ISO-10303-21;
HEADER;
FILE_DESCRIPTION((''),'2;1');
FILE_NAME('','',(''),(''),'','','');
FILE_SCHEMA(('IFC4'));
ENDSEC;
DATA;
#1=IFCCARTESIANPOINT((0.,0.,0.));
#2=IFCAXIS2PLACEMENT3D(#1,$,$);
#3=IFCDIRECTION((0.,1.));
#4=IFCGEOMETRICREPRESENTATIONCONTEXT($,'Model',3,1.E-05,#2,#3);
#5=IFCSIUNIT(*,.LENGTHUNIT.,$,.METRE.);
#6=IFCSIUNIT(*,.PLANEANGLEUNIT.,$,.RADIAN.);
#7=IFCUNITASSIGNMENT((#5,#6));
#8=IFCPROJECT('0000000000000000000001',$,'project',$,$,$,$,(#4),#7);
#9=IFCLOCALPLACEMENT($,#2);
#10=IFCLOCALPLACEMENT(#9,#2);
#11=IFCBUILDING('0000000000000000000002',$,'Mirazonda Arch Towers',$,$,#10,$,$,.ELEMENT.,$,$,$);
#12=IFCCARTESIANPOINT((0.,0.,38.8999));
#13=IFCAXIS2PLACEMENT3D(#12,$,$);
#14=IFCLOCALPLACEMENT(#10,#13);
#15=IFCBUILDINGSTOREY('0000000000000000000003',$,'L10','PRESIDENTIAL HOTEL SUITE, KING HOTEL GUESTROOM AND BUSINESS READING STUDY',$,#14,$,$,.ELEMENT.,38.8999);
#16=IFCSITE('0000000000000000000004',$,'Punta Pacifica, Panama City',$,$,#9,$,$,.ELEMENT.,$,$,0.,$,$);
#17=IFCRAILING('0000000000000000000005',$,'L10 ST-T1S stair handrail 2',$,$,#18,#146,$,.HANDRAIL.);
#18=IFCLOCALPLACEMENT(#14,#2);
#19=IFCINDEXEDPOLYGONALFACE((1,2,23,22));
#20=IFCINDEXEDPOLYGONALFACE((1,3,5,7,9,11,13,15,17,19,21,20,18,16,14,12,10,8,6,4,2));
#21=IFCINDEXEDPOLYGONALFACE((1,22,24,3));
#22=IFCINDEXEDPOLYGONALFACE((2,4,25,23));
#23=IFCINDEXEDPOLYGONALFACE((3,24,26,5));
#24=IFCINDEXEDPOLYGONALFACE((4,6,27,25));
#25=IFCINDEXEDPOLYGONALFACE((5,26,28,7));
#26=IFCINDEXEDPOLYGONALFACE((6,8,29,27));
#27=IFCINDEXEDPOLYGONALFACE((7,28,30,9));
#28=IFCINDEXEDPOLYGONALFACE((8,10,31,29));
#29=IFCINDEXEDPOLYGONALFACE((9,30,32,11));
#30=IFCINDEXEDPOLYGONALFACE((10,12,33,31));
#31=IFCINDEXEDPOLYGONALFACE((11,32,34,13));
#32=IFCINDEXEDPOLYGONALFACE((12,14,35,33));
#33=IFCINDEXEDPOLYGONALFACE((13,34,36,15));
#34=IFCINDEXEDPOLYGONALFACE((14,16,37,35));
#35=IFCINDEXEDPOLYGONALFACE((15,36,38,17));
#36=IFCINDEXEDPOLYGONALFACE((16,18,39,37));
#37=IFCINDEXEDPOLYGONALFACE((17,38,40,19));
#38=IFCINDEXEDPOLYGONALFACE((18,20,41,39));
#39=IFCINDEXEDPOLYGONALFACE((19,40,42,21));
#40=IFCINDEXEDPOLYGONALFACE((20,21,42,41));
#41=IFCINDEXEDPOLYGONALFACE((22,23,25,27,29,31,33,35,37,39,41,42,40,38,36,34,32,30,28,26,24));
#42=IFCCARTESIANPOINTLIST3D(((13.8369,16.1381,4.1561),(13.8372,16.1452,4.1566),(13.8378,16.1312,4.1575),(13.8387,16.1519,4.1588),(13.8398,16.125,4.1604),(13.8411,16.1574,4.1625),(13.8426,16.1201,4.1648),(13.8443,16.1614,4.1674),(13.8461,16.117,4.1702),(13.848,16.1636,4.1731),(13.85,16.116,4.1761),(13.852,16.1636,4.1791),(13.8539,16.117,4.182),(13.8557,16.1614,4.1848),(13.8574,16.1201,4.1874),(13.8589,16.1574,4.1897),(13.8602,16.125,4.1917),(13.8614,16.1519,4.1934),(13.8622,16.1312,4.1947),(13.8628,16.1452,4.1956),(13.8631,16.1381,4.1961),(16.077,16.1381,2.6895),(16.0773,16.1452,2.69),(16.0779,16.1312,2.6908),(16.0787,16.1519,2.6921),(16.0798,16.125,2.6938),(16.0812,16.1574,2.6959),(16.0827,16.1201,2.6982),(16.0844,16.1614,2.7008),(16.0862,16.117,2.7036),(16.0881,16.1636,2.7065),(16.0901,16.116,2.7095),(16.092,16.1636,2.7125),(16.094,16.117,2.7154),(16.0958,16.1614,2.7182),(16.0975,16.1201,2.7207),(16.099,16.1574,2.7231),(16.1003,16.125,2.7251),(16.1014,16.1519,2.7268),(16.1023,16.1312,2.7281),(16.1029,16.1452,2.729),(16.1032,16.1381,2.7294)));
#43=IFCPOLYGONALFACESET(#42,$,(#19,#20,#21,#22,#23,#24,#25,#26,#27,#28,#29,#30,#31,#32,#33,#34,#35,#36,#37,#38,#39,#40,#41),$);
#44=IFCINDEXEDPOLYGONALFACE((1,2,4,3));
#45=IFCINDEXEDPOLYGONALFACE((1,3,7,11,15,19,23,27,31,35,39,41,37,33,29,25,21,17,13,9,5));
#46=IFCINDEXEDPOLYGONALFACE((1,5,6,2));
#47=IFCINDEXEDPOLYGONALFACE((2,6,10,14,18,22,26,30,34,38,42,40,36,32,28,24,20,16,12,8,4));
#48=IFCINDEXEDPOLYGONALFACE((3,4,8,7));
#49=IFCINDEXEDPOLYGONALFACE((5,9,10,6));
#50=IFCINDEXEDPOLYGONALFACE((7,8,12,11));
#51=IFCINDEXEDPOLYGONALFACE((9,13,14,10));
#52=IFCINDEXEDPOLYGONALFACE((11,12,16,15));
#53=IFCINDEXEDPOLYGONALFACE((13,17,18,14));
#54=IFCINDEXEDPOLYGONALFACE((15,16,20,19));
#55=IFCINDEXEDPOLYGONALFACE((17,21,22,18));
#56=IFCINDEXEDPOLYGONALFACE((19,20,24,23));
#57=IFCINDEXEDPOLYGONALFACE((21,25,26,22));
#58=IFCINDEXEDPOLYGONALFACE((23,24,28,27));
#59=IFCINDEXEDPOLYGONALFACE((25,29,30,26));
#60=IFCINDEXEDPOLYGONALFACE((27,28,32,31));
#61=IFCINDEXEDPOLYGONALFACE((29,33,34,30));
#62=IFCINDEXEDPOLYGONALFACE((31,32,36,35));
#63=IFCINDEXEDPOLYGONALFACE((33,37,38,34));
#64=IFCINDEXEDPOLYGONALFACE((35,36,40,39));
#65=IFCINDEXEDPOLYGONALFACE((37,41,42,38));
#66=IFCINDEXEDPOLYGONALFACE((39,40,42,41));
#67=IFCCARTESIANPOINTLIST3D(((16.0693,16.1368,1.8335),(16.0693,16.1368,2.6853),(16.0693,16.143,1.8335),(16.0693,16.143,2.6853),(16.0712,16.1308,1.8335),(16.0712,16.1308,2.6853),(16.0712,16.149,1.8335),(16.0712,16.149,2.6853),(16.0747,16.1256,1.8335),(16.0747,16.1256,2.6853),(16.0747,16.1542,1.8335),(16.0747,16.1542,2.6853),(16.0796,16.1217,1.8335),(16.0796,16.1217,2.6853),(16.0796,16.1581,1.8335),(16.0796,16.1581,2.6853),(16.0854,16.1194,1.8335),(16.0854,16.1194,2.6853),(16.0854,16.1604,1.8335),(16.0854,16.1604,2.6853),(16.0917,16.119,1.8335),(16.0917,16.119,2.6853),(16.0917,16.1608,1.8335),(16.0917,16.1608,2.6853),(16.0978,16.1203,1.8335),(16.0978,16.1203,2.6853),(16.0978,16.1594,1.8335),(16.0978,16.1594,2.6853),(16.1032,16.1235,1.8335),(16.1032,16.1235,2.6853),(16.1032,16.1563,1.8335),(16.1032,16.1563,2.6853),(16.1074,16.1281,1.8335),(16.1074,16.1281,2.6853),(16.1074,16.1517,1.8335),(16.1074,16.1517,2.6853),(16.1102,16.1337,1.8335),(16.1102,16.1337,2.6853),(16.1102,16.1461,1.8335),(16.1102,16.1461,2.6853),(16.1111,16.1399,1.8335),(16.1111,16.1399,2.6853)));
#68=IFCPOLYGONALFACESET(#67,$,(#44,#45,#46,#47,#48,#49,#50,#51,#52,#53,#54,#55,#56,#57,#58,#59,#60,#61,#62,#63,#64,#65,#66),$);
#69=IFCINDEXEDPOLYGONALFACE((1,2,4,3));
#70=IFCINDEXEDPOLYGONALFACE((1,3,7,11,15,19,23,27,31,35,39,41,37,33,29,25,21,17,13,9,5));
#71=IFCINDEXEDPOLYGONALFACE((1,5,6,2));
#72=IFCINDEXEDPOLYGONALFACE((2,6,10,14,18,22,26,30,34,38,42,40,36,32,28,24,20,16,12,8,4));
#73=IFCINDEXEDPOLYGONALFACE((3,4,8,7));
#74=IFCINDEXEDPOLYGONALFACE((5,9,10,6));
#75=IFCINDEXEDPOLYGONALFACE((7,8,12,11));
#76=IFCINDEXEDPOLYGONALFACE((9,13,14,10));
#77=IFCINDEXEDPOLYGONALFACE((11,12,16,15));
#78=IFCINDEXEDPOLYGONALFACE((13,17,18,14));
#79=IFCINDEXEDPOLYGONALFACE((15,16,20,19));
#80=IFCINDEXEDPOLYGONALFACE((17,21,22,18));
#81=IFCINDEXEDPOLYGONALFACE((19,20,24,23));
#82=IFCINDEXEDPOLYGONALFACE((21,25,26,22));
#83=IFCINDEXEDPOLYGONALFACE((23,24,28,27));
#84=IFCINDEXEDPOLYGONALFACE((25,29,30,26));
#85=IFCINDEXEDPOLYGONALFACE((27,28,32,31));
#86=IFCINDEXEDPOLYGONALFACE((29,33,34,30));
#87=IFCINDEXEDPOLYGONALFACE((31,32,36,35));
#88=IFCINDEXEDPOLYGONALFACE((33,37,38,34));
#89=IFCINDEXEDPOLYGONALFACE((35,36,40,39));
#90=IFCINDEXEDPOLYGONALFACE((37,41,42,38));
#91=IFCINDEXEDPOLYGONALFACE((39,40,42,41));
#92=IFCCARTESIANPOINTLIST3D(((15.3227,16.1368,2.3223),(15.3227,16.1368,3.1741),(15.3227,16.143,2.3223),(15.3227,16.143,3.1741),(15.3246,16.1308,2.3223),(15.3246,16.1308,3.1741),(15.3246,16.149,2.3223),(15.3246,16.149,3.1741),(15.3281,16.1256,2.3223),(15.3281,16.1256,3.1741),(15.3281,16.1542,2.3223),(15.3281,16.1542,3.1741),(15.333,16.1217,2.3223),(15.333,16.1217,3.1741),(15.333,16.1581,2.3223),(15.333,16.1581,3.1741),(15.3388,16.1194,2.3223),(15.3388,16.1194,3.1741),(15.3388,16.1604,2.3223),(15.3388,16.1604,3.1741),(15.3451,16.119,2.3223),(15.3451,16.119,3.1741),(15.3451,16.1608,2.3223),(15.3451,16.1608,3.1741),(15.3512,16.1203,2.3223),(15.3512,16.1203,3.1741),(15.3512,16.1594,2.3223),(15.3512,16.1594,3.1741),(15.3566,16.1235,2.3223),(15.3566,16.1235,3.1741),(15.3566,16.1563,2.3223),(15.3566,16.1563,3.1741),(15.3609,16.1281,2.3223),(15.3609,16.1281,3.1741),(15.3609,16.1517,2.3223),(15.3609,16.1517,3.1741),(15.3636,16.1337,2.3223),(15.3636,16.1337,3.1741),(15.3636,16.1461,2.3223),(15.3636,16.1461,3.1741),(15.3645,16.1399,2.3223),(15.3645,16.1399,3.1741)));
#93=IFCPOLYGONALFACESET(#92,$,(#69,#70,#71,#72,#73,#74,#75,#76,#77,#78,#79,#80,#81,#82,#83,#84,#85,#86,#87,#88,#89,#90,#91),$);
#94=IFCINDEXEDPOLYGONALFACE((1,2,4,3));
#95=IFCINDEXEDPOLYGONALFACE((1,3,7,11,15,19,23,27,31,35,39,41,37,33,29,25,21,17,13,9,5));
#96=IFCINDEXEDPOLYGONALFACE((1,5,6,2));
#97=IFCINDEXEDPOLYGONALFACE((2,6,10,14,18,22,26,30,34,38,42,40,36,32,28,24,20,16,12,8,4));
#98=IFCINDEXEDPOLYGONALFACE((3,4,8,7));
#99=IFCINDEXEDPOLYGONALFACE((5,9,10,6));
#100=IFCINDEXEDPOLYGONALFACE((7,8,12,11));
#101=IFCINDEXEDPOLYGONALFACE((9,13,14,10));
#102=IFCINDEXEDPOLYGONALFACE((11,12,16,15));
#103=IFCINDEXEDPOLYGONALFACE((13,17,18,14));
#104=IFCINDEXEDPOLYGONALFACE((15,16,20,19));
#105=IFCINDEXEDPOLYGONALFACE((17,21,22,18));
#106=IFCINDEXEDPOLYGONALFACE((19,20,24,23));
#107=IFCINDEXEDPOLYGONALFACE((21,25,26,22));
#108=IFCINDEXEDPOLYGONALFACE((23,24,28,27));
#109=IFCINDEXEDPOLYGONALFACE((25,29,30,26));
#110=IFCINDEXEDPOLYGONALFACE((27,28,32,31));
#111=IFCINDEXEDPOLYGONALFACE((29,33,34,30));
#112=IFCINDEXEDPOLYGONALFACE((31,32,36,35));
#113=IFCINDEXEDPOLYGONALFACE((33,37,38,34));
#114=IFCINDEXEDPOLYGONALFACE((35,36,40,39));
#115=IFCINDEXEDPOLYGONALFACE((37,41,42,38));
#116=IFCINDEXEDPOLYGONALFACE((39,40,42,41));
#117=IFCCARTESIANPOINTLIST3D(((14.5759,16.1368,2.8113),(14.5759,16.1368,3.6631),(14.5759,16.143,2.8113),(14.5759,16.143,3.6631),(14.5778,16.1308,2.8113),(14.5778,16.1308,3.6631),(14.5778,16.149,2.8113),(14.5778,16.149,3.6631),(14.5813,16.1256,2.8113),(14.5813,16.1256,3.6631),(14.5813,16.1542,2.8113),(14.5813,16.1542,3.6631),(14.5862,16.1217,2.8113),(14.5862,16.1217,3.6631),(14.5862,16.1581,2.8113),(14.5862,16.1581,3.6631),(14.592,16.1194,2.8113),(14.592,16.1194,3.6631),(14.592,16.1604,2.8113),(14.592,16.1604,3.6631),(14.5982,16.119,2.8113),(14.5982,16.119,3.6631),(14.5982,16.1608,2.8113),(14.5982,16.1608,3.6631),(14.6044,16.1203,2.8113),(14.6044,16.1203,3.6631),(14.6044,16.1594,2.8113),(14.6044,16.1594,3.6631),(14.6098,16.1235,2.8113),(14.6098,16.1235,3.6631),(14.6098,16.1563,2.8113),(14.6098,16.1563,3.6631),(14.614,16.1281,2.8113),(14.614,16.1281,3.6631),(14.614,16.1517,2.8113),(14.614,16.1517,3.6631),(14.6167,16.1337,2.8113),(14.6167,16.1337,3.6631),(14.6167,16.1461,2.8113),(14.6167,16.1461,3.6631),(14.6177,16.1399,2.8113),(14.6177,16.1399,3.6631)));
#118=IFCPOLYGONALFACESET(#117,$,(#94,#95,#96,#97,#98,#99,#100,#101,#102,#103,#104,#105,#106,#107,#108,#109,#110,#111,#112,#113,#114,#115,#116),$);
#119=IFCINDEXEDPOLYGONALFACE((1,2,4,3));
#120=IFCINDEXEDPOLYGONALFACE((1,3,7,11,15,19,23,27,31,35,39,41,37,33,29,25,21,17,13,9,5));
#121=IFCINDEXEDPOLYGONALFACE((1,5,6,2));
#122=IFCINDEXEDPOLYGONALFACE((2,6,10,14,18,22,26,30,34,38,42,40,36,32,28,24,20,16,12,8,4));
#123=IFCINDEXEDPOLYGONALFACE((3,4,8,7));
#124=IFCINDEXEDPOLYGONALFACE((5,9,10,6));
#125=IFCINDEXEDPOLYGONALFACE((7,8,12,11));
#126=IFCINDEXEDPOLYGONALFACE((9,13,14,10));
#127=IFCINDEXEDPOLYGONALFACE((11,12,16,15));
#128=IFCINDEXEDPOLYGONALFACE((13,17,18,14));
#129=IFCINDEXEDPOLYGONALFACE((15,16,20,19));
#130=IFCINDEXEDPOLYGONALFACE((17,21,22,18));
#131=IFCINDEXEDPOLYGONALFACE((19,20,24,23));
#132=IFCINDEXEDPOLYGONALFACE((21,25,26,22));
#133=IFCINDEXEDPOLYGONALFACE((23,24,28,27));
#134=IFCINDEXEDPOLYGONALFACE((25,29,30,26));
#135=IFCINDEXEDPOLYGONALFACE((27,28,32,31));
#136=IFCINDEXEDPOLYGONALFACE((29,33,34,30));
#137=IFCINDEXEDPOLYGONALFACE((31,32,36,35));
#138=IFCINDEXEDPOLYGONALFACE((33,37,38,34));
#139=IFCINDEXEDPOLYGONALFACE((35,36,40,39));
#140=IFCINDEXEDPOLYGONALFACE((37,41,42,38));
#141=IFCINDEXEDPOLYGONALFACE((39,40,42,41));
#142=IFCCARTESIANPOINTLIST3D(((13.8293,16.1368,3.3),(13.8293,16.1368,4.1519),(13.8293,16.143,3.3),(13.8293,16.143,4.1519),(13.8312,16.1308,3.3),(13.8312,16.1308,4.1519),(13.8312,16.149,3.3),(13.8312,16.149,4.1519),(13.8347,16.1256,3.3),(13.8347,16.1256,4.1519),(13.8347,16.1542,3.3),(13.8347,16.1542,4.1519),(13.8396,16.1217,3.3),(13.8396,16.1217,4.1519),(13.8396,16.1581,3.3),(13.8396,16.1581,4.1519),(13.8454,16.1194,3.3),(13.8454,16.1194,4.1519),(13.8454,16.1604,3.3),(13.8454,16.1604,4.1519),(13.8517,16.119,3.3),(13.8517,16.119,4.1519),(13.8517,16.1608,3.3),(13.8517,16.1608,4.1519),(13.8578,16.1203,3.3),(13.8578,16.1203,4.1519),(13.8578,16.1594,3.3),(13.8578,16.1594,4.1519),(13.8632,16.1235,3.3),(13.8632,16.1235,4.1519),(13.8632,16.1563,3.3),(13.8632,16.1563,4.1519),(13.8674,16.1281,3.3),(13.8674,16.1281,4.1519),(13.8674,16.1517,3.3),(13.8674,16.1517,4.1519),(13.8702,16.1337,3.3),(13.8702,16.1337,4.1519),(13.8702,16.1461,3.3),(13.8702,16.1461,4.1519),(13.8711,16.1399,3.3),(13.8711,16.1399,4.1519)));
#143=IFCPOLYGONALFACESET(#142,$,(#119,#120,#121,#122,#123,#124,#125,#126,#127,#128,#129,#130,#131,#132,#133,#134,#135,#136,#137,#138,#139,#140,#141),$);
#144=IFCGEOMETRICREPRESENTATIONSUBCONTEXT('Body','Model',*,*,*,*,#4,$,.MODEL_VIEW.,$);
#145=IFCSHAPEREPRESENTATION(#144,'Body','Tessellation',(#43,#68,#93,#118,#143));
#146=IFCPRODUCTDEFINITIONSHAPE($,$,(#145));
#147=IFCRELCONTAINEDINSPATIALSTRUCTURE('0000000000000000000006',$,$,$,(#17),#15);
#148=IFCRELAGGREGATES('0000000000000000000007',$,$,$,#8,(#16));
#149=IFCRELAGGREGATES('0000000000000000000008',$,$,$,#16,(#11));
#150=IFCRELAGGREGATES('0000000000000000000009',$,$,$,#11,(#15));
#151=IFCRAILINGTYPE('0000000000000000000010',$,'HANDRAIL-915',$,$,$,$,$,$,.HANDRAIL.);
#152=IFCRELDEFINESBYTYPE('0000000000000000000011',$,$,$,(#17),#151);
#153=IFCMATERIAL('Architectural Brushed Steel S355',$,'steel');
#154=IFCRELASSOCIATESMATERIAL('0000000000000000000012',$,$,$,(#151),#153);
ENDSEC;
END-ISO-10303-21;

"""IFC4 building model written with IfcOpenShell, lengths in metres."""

from ifc_helpers import new_model, si_unit, direction, frame, origin, origin_2d, place, context, subcontext, project, spatial, circle, extrude, material, type_object, element, save


model = new_model("IFC4")

# Units and contexts
model_context = context("Model", 3, precision=1e-05, world=origin(), true_north=direction((0.0, 1.0)))
body_context = subcontext(model_context, "Body", "Model", "MODEL_VIEW")
ifc_project = project(units=[si_unit("LENGTHUNIT", "METRE"), si_unit("PLANEANGLEUNIT", "RADIAN")], contexts=[model_context])

# Site, building, storey
site_placement = place(None, origin())
site = spatial("IfcSite", under=ifc_project, at=site_placement, Name="Punta Pacifica, Panama City", CompositionType="ELEMENT", RefElevation=0.0)
building_placement = place(site_placement, origin())
building = spatial("IfcBuilding", under=site, at=building_placement, Name="Mirazonda Arch Towers", CompositionType="ELEMENT")
storey_placement = place(building_placement, frame((0.0, 0.0, 38.8999)))
storey = spatial("IfcBuildingStorey", under=building, at=storey_placement, Name="L10", Description="PRESIDENTIAL HOTEL SUITE, KING HOTEL GUESTROOM AND BUSINESS READING STUDY", CompositionType="ELEMENT", Elevation=38.8999)

# Railing
ifc_material_1 = material(Name="Architectural Brushed Steel S355", Category="steel")
railing_type_1 = type_object("IfcRailingType", Name="HANDRAIL-915", PredefinedType="HANDRAIL", material=ifc_material_1)
railing_1_placement = place(storey_placement, frame((16.0901, 16.1399, 1.8335)))
element("IfcRailing", 1, at=railing_1_placement, inside=storey, type_object=railing_type_1, Name="L10 ST-T1S stair handrail 2", PredefinedType="HANDRAIL", context=body_context, shape_type="SweptSolid", body=[
    extrude(circle(Radius=0.0239, at=origin_2d()), frame((0.0, 0.0, 0.876), z_axis=(-0.836637, 0.0, 0.547758), x_axis=(0.0, -1.0, 0.0)), (0.0, 0.0, 1.0), 2.6775),
    extrude(circle(Radius=0.021, at=origin_2d()), origin(), (0.0, 0.0, 1.0), 0.8518),
    extrude(circle(Radius=0.021, at=origin_2d()), frame((-0.7466, 0.0, 0.4888)), (0.0, 0.0, 1.0), 0.8518),
    extrude(circle(Radius=0.021, at=origin_2d()), frame((-1.4934, 0.0, 0.9778)), (0.0, 0.0, 1.0), 0.8518),
    extrude(circle(Radius=0.021, at=origin_2d()), frame((-2.24, 0.0, 1.4666)), (0.0, 0.0, 1.0), 0.8518),
])

save(model, "model.ifc")
